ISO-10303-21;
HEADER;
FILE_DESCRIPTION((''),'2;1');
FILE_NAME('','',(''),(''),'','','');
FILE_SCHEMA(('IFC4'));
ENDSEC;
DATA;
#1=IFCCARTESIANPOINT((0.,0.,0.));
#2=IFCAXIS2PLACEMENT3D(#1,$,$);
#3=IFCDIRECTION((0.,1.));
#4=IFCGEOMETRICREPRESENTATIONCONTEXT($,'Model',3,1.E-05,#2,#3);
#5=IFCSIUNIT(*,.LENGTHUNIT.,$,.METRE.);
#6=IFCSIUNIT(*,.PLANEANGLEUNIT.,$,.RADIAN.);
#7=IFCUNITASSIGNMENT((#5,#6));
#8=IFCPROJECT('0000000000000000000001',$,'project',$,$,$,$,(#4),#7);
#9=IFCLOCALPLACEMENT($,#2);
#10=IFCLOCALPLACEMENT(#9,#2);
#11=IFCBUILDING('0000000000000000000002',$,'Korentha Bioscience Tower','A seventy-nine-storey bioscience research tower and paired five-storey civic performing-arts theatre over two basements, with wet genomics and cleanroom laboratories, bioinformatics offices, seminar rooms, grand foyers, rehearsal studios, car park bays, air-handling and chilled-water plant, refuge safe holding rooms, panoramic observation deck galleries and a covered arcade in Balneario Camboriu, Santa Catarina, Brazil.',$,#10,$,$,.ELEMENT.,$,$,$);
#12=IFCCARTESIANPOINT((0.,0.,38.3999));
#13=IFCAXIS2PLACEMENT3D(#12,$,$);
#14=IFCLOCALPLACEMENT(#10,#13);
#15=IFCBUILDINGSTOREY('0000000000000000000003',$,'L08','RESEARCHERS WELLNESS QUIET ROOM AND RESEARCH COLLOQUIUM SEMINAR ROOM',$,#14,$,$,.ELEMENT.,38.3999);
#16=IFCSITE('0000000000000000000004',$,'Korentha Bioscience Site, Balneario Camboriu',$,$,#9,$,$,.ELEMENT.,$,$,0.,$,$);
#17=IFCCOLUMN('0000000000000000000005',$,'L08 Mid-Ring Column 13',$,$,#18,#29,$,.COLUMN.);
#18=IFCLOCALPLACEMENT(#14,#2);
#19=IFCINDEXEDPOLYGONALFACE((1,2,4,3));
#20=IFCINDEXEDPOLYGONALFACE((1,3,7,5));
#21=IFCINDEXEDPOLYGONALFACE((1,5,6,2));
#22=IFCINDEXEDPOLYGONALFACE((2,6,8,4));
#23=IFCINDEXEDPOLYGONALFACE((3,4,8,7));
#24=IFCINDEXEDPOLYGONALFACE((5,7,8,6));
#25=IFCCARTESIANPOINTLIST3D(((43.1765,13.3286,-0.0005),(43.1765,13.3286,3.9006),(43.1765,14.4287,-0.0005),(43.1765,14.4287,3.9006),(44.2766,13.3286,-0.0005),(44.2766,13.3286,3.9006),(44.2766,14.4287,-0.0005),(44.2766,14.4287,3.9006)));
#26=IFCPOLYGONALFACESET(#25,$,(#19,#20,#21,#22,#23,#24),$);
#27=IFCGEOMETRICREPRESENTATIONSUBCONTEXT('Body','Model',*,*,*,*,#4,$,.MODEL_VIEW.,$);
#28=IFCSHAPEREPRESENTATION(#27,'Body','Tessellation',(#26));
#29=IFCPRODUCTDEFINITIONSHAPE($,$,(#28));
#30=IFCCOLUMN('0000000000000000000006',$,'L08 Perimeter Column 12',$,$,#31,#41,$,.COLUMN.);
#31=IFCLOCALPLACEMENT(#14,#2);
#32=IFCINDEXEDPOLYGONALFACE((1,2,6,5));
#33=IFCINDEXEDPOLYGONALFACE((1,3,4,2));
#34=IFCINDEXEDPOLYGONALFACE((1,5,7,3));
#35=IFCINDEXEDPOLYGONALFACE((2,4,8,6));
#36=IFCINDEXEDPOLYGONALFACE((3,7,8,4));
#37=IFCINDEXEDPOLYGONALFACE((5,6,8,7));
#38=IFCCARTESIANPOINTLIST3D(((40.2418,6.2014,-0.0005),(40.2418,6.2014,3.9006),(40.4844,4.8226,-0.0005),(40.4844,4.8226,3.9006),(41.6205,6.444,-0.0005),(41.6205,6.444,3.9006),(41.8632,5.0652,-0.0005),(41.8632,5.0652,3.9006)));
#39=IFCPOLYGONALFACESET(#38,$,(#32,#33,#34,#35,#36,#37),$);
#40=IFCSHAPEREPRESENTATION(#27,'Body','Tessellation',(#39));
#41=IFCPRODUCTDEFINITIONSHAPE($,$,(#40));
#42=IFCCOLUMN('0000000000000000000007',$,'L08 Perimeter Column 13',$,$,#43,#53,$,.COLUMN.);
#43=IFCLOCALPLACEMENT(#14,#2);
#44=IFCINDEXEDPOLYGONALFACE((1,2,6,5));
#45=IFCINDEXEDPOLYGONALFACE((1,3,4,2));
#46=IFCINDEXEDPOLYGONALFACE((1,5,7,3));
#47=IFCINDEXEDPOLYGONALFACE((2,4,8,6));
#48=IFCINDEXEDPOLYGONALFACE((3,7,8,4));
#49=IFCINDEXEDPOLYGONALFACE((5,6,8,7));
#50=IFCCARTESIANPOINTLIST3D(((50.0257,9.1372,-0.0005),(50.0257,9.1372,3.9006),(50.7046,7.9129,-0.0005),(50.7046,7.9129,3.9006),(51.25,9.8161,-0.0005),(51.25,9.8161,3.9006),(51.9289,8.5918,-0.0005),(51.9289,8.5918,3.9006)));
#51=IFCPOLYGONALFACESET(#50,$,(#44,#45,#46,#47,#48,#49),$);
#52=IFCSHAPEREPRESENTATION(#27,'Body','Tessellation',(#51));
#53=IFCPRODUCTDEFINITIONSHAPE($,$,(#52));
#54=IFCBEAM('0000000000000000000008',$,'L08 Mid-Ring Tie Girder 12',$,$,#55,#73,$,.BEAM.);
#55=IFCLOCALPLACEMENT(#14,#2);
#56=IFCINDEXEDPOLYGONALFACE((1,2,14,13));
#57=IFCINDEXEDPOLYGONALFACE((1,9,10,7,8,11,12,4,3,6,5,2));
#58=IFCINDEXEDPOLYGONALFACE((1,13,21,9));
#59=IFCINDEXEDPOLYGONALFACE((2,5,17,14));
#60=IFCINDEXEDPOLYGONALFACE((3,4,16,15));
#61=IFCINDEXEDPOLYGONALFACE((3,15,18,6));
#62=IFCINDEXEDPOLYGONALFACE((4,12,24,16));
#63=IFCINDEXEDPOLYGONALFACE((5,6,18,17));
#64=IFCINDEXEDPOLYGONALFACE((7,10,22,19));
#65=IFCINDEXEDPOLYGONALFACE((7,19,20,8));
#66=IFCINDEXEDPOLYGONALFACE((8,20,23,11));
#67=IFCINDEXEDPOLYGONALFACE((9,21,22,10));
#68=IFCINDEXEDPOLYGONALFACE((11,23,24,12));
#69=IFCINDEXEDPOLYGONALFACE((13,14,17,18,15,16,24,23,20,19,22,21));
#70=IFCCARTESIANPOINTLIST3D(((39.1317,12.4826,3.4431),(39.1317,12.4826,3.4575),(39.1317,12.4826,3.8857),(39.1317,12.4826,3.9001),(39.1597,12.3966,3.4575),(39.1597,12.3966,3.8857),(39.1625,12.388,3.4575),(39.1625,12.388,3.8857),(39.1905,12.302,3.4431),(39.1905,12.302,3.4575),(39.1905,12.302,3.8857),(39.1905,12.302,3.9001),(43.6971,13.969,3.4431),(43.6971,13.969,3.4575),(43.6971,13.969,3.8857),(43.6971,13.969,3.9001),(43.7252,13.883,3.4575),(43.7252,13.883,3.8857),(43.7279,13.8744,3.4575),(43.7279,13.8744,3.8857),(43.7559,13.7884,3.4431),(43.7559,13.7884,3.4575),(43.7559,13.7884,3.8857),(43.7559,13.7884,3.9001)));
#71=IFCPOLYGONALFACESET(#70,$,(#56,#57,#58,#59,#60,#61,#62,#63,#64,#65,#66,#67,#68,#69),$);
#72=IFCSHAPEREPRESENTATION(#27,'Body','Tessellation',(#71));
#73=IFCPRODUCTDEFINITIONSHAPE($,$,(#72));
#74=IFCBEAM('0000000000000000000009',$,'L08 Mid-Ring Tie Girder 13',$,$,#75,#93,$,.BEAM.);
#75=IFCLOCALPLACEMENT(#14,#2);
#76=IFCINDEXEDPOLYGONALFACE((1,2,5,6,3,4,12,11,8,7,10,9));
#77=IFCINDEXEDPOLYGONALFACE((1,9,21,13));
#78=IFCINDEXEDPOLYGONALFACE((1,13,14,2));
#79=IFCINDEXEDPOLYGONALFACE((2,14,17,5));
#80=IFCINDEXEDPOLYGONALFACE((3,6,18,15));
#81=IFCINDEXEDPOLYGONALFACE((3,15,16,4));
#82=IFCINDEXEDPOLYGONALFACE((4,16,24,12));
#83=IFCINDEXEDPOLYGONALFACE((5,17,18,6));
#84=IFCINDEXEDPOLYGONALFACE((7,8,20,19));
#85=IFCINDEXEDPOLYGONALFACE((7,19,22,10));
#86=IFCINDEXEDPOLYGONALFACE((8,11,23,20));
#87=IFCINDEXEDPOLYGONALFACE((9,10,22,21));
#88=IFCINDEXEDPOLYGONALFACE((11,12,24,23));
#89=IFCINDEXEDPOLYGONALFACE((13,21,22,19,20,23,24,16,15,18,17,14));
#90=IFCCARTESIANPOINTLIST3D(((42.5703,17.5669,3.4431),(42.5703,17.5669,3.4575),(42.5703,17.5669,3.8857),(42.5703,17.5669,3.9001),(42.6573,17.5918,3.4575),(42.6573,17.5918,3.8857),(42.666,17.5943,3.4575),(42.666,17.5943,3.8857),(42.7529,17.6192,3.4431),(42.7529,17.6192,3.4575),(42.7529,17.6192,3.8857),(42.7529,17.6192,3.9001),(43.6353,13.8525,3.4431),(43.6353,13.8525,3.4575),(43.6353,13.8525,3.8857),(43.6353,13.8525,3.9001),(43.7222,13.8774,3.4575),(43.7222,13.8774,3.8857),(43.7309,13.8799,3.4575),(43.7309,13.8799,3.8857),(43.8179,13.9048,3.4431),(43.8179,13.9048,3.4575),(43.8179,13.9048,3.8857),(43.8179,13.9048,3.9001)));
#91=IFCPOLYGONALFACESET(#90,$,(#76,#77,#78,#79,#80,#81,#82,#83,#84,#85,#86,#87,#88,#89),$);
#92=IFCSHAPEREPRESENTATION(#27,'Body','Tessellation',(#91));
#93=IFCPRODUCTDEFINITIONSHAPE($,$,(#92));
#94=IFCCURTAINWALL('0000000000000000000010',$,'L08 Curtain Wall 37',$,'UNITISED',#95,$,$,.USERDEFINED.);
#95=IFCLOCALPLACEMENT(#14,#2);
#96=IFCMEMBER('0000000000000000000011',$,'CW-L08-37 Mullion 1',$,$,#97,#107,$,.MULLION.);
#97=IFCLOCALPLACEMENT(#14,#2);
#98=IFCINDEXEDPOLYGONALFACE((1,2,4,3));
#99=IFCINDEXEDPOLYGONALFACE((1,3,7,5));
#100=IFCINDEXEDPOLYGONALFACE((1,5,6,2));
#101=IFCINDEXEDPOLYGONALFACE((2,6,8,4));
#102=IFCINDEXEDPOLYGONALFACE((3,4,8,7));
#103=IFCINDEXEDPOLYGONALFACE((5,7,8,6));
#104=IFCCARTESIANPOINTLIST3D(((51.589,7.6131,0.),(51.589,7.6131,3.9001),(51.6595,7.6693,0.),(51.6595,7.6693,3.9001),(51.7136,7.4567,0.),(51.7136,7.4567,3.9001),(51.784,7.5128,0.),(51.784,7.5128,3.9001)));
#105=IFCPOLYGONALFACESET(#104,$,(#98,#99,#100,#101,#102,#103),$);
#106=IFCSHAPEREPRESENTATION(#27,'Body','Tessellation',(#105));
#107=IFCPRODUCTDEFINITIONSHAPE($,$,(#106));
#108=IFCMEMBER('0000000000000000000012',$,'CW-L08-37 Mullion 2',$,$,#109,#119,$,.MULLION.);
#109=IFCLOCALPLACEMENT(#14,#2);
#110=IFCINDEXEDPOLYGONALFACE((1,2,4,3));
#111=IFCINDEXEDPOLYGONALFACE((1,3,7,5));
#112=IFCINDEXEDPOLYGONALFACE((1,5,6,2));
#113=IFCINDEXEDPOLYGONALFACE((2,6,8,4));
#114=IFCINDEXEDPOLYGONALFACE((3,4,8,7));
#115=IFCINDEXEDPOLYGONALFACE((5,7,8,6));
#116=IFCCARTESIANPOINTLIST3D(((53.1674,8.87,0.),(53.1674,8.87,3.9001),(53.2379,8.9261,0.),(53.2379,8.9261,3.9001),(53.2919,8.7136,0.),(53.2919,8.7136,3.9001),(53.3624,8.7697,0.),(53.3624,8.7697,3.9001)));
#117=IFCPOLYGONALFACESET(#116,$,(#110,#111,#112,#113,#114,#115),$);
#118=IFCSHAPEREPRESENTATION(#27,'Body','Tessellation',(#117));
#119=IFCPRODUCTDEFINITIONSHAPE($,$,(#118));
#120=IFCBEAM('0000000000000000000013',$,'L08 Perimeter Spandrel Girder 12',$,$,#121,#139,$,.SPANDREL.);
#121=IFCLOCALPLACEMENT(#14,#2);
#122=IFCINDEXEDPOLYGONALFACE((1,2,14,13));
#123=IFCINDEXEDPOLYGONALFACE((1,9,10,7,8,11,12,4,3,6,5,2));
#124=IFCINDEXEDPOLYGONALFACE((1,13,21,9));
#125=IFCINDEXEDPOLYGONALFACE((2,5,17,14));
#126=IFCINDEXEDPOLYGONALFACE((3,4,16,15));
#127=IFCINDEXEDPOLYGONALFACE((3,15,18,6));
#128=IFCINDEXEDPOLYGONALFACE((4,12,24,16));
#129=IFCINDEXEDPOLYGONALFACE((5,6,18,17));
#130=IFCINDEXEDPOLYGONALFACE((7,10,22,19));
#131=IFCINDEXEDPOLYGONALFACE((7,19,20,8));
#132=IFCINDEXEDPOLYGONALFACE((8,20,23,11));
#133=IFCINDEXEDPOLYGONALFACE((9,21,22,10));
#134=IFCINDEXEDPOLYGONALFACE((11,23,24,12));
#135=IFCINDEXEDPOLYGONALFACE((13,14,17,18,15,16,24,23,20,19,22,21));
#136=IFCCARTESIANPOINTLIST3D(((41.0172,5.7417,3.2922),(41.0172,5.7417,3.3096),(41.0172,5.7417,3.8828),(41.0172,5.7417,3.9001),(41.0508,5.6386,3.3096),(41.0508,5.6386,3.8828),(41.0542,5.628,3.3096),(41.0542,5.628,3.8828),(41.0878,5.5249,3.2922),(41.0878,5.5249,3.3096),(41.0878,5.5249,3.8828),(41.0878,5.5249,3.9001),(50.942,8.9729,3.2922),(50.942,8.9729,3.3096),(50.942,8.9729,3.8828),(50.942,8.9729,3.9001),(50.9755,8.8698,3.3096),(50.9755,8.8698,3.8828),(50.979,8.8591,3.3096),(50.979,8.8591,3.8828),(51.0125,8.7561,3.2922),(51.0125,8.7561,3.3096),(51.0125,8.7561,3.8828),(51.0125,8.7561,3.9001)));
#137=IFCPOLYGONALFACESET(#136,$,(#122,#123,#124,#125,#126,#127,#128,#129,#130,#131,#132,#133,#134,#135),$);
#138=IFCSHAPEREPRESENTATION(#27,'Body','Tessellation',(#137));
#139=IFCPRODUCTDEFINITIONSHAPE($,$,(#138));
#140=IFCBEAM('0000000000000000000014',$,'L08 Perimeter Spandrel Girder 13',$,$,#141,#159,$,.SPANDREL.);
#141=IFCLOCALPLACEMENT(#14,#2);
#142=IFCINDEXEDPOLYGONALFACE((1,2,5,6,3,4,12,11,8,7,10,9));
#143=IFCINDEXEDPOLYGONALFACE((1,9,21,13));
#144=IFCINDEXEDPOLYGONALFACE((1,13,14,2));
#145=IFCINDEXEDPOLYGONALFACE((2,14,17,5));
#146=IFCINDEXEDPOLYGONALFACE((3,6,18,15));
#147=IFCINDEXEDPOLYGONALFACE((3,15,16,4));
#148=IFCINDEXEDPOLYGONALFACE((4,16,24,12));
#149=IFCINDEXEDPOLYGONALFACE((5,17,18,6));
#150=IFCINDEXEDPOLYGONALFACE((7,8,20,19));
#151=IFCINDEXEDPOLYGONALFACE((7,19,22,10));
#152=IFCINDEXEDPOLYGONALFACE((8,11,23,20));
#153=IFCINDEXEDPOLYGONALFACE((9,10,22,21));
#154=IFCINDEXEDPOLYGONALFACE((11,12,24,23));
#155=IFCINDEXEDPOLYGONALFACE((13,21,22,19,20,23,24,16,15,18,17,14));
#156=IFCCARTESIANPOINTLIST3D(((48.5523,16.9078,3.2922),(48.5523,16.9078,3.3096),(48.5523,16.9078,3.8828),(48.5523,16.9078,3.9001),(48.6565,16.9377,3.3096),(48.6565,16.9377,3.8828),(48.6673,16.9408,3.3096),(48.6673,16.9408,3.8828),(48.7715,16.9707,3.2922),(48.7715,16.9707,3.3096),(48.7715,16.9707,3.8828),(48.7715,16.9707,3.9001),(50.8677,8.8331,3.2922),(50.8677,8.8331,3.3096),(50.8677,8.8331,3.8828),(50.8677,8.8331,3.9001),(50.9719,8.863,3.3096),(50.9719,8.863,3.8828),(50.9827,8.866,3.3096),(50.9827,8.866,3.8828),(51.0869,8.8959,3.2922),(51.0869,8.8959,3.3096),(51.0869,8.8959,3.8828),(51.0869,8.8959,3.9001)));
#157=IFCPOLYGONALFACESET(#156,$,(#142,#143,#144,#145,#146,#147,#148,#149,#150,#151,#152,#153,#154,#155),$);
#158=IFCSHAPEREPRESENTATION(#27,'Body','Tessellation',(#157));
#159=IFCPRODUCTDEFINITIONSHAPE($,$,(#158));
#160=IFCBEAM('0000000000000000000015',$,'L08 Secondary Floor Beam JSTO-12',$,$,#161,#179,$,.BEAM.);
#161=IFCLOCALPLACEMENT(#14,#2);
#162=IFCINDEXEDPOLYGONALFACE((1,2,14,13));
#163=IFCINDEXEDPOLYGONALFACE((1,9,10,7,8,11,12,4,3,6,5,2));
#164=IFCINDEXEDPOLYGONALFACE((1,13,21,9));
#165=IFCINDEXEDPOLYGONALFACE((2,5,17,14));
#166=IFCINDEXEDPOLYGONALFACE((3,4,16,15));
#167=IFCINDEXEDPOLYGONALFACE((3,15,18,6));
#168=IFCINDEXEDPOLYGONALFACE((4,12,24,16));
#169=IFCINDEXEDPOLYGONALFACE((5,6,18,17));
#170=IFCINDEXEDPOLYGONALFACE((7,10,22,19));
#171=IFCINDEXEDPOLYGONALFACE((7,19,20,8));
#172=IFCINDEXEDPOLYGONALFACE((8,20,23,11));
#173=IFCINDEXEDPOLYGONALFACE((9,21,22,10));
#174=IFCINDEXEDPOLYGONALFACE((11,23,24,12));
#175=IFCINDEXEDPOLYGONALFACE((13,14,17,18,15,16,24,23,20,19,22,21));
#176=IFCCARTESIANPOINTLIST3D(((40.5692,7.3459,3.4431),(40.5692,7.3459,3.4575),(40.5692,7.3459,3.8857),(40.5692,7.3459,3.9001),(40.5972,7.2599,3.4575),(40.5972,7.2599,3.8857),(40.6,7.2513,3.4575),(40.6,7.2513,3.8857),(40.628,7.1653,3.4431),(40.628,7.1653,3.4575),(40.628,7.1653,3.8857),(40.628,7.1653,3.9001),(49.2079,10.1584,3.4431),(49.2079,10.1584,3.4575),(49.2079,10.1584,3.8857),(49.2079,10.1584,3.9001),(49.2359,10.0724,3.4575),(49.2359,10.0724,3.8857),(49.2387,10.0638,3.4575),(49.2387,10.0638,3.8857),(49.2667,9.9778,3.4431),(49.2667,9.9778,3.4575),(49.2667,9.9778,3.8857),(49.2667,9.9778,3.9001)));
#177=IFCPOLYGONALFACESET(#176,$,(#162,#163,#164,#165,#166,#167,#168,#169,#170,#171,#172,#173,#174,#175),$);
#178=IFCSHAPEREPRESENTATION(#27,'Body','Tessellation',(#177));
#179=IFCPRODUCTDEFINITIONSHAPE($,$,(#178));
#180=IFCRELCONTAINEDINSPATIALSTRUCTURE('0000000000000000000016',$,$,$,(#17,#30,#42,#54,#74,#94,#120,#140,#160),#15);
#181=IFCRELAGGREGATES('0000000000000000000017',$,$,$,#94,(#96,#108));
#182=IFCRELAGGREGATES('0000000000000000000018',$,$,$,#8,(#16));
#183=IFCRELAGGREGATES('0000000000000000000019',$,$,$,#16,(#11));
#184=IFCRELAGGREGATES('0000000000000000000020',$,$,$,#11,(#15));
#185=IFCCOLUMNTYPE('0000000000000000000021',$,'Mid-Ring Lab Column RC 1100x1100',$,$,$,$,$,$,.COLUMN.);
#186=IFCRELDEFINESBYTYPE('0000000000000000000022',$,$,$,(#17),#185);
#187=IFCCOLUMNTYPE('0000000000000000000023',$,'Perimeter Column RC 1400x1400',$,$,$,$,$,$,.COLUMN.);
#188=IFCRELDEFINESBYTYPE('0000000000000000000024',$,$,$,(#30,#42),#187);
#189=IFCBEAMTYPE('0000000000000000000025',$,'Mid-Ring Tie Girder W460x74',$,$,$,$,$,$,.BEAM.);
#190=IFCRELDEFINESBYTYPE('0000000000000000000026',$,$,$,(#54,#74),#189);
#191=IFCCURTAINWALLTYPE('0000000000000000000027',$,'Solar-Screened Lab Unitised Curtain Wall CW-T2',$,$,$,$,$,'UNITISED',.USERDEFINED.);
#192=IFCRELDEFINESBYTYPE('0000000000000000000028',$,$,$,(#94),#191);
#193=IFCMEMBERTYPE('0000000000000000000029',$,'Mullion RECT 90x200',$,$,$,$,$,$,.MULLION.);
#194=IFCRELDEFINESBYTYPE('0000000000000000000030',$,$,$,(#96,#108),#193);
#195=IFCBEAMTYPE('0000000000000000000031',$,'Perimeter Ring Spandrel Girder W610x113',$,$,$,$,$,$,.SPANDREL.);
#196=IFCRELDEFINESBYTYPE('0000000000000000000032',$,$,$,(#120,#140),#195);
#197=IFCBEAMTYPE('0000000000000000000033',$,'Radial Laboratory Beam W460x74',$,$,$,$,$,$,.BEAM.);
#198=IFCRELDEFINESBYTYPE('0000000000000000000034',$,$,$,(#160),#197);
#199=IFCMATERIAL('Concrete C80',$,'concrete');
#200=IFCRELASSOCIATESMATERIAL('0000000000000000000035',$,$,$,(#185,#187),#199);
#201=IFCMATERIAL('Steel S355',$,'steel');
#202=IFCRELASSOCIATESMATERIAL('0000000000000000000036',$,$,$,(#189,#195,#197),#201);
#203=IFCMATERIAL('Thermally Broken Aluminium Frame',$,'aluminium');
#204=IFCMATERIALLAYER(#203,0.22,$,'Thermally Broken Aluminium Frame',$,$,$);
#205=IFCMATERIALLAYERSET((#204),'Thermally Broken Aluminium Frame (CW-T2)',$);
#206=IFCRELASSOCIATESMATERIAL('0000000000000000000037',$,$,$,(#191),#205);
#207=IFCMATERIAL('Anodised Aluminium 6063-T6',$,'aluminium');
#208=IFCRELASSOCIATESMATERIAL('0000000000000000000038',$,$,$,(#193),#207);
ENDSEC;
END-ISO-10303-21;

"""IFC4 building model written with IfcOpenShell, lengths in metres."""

from ifc_helpers import new_model, si_unit, direction, frame, origin, origin_2d, place, context, subcontext, project, spatial, rectangle, i_section, extrude, material, layer, layer_set, material_profile, profile_set, type_object, element, aggregate, save


model = new_model("IFC4")

# Units and contexts
model_context = context("Model", 3, precision=1e-05, world=origin(), true_north=direction((0.0, 1.0)))
body_context = subcontext(model_context, "Body", "Model", "MODEL_VIEW")
ifc_project = project(units=[si_unit("LENGTHUNIT", "METRE"), si_unit("PLANEANGLEUNIT", "RADIAN")], contexts=[model_context])

# Site, building, storey
site_placement = place(None, origin())
site = spatial("IfcSite", under=ifc_project, at=site_placement, Name="Korentha Bioscience Site, Balneario Camboriu", CompositionType="ELEMENT", RefElevation=0.0)
building_placement = place(site_placement, origin())
building = spatial("IfcBuilding", under=site, at=building_placement, Name="Korentha Bioscience Tower", Description="A seventy-nine-storey bioscience research tower and paired five-storey civic performing-arts theatre over two basements, with wet genomics and cleanroom laboratories, bioinformatics offices, seminar rooms, grand foyers, rehearsal studios, car park bays, air-handling and chilled-water plant, refuge safe holding rooms, panoramic observation deck galleries and a covered arcade in Balneario Camboriu, Santa Catarina, Brazil.", CompositionType="ELEMENT")
storey_placement = place(building_placement, frame((0.0, 0.0, 38.3999)))
storey = spatial("IfcBuildingStorey", under=building, at=storey_placement, Name="L08", Description="RESEARCHERS WELLNESS QUIET ROOM AND RESEARCH COLLOQUIUM SEMINAR ROOM", CompositionType="ELEMENT", Elevation=38.3999)

# Columns
ifc_material_1 = material(Name="Concrete C80", Category="concrete")
ifc_material_profile_1 = material_profile(ifc_material_1, rectangle(XDim=1.1001, YDim=1.1001, at=origin_2d()), Name="Concrete C80")
ifc_profile_set_1 = profile_set([ifc_material_profile_1], Name="Concrete C80 (COL-MR11)")
column_type_1 = type_object("IfcColumnType", Name="Mid-Ring Lab Column RC 1100x1100", PredefinedType="COLUMN", material=ifc_profile_set_1)
column_placement = place(storey_placement, frame((43.7266, 13.8787, -0.0005), z_axis=(0.0, 0.0, 1.0), x_axis=(1.0, 0.0, 0.0)))
element("IfcColumn", 1, at=column_placement, inside=storey, type_object=column_type_1, Name="L08 Mid-Ring Column 13", PredefinedType="COLUMN", context=body_context, shape_type="SweptSolid", body=[
    extrude(rectangle(XDim=1.1001, YDim=1.1001, at=origin_2d()), origin(), (0.0, 0.0, 1.0), 3.9011),
])
ifc_material_profile_2 = material_profile(ifc_material_1, rectangle(XDim=1.3999, YDim=1.3999, at=origin_2d()), Name="Concrete C80")
ifc_profile_set_2 = profile_set([ifc_material_profile_2], Name="Concrete C80 (COL-P14)")
column_type_2 = type_object("IfcColumnType", Name="Perimeter Column RC 1400x1400", PredefinedType="COLUMN", material=ifc_profile_set_2)
for number, where, z_axis, x_axis, name in (
    (2, (41.0525, 5.6333, -0.0005), (0.0, 0.0, 1.0), (0.984868, 0.173304, 0.0), "L08 Perimeter Column 12"),
    (3, (50.9773, 8.8645, -0.0005), (0.0, 0.0, 1.0), (0.874535, 0.484962, 0.0), "L08 Perimeter Column 13"),
):
    element("IfcColumn", number, at=place(storey_placement, frame(where, z_axis=z_axis, x_axis=x_axis)), inside=storey, type_object=column_type_2, Name=name, PredefinedType="COLUMN", context=body_context, shape_type="SweptSolid", body=[
        extrude(rectangle(XDim=1.3999, YDim=1.3999, at=origin_2d()), origin(), (0.0, 0.0, 1.0), 3.9011),
    ])

# Beams
ifc_material_2 = material(Name="Steel S355", Category="steel")
ifc_material_profile_3 = material_profile(ifc_material_2, i_section(OverallWidth=0.1899, OverallDepth=0.457, WebThickness=0.009, FlangeThickness=0.0144, at=origin_2d()), Name="Steel S355")
ifc_profile_set_3 = profile_set([ifc_material_profile_3], Name="Steel S355 (MB-460)")
beam_type_1 = type_object("IfcBeamType", Name="Mid-Ring Tie Girder W460x74", PredefinedType="BEAM", material=ifc_profile_set_3)
beam_1_placement = place(storey_placement, frame((39.1611, 12.3923, 3.6716), z_axis=(0.950877, 0.309569, 0.0), x_axis=(-0.309569, 0.950877, 0.0)))
element("IfcBeam", 4, at=beam_1_placement, inside=storey, type_object=beam_type_1, Name="L08 Mid-Ring Tie Girder 12", PredefinedType="BEAM", context=body_context, shape_type="SweptSolid", body=[
    extrude(i_section(OverallWidth=0.1899, OverallDepth=0.457, WebThickness=0.009, FlangeThickness=0.0144, at=origin_2d()), origin(), (0.0, 0.0, 1.0), 4.8013),
])
beam_2_placement = place(storey_placement, frame((43.7266, 13.8787, 3.6716), z_axis=(-0.275606, 0.961271, 0.0), x_axis=(-0.961271, -0.275606, 0.0)))
element("IfcBeam", 5, at=beam_2_placement, inside=storey, type_object=beam_type_1, Name="L08 Mid-Ring Tie Girder 13", PredefinedType="BEAM", context=body_context, shape_type="SweptSolid", body=[
    extrude(i_section(OverallWidth=0.1899, OverallDepth=0.457, WebThickness=0.009, FlangeThickness=0.0144, at=origin_2d()), origin(), (0.0, 0.0, 1.0), 3.864),
])

# Curtain wall, members
ifc_material_3 = material(Name="Thermally Broken Aluminium Frame", Category="aluminium")
ifc_layer_1 = layer(ifc_material_3, 0.22, Name="Thermally Broken Aluminium Frame")
ifc_layer_set_1 = layer_set([ifc_layer_1], Name="Thermally Broken Aluminium Frame (CW-T2)")
curtain_wall_type = type_object("IfcCurtainWallType", Name="Solar-Screened Lab Unitised Curtain Wall CW-T2", ElementType="UNITISED", PredefinedType="USERDEFINED", material=ifc_layer_set_1)
curtain_wall_placement = place(storey_placement, origin())
curtain_wall = element("IfcCurtainWall", 6, at=curtain_wall_placement, inside=storey, type_object=curtain_wall_type, Name="L08 Curtain Wall 37", ObjectType="UNITISED", PredefinedType="USERDEFINED")
ifc_material_4 = material(Name="Anodised Aluminium 6063-T6", Category="aluminium")
ifc_material_profile_4 = material_profile(ifc_material_4, rectangle(XDim=0.0901, YDim=0.2, at=origin_2d()), Name="Anodised Aluminium 6063-T6")
ifc_profile_set_4 = profile_set([ifc_material_profile_4], Name="Anodised Aluminium 6063-T6 (CW-MUL)")
member_type_1 = type_object("IfcMemberType", Name="Mullion RECT 90x200", PredefinedType="MULLION", material=ifc_profile_set_4)
member_1_placement = place(storey_placement, frame((51.6865, 7.563, 0.0), z_axis=(0.0, 0.0, 1.0), x_axis=(0.782288, 0.622917, 0.0)))
member_1 = element("IfcMember", 7, at=member_1_placement, type_object=member_type_1, Name="CW-L08-37 Mullion 1", PredefinedType="MULLION", context=body_context, shape_type="SweptSolid", body=[
    extrude(rectangle(XDim=0.0901, YDim=0.2, at=origin_2d()), origin(), (0.0, 0.0, 1.0), 3.9001),
])
member_2_placement = place(storey_placement, frame((53.2649, 8.8198, 0.0), z_axis=(0.0, 0.0, 1.0), x_axis=(0.782288, 0.622917, 0.0)))
member_2 = element("IfcMember", 8, at=member_2_placement, type_object=member_type_1, Name="CW-L08-37 Mullion 2", PredefinedType="MULLION", context=body_context, shape_type="SweptSolid", body=[
    extrude(rectangle(XDim=0.0901, YDim=0.2, at=origin_2d()), origin(), (0.0, 0.0, 1.0), 3.9001),
])

# Beams
ifc_material_profile_5 = material_profile(ifc_material_2, i_section(OverallWidth=0.228, OverallDepth=0.6079, WebThickness=0.0112, FlangeThickness=0.0173, at=origin_2d()), Name="Steel S355")
ifc_profile_set_5 = profile_set([ifc_material_profile_5], Name="Steel S355 (SB-610)")
beam_type_2 = type_object("IfcBeamType", Name="Perimeter Ring Spandrel Girder W610x113", PredefinedType="SPANDREL", material=ifc_profile_set_5)
beam_3_placement = place(storey_placement, frame((41.0525, 5.6333, 3.5962), z_axis=(0.950875, 0.309575, 0.0), x_axis=(-0.309575, 0.950875, 0.0)))
element("IfcBeam", 9, at=beam_3_placement, inside=storey, type_object=beam_type_2, Name="L08 Perimeter Spandrel Girder 12", PredefinedType="SPANDREL", context=body_context, shape_type="SweptSolid", body=[
    extrude(i_section(OverallWidth=0.228, OverallDepth=0.6079, WebThickness=0.0112, FlangeThickness=0.0173, at=origin_2d()), origin(), (0.0, 0.0, 1.0), 10.4375),
])
beam_4_placement = place(storey_placement, frame((50.9773, 8.8645, 3.5962), z_axis=(-0.275642, 0.96126, 0.0), x_axis=(-0.96126, -0.275642, 0.0)))
element("IfcBeam", 10, at=beam_4_placement, inside=storey, type_object=beam_type_2, Name="L08 Perimeter Spandrel Girder 13", PredefinedType="SPANDREL", context=body_context, shape_type="SweptSolid", body=[
    extrude(i_section(OverallWidth=0.228, OverallDepth=0.6079, WebThickness=0.0112, FlangeThickness=0.0173, at=origin_2d()), origin(), (0.0, 0.0, 1.0), 8.4001),
])
ifc_material_profile_6 = material_profile(ifc_material_2, i_section(OverallWidth=0.1899, OverallDepth=0.457, WebThickness=0.009, FlangeThickness=0.0144, at=origin_2d()), Name="Steel S355")
ifc_profile_set_6 = profile_set([ifc_material_profile_6], Name="Steel S355 (RB-460)")
beam_type_3 = type_object("IfcBeamType", Name="Radial Laboratory Beam W460x74", PredefinedType="BEAM", material=ifc_profile_set_6)
beam_5_placement = place(storey_placement, frame((40.5986, 7.2556, 3.6716), z_axis=(0.950874, 0.309577, 0.0), x_axis=(-0.309577, 0.950874, 0.0)))
element("IfcBeam", 11, at=beam_5_placement, inside=storey, type_object=beam_type_3, Name="L08 Secondary Floor Beam JSTO-12", PredefinedType="BEAM", context=body_context, shape_type="SweptSolid", body=[
    extrude(i_section(OverallWidth=0.1899, OverallDepth=0.457, WebThickness=0.009, FlangeThickness=0.0144, at=origin_2d()), origin(), (0.0, 0.0, 1.0), 9.085),
])

aggregate(curtain_wall, [member_1, member_2])

save(model, "model.ifc")
